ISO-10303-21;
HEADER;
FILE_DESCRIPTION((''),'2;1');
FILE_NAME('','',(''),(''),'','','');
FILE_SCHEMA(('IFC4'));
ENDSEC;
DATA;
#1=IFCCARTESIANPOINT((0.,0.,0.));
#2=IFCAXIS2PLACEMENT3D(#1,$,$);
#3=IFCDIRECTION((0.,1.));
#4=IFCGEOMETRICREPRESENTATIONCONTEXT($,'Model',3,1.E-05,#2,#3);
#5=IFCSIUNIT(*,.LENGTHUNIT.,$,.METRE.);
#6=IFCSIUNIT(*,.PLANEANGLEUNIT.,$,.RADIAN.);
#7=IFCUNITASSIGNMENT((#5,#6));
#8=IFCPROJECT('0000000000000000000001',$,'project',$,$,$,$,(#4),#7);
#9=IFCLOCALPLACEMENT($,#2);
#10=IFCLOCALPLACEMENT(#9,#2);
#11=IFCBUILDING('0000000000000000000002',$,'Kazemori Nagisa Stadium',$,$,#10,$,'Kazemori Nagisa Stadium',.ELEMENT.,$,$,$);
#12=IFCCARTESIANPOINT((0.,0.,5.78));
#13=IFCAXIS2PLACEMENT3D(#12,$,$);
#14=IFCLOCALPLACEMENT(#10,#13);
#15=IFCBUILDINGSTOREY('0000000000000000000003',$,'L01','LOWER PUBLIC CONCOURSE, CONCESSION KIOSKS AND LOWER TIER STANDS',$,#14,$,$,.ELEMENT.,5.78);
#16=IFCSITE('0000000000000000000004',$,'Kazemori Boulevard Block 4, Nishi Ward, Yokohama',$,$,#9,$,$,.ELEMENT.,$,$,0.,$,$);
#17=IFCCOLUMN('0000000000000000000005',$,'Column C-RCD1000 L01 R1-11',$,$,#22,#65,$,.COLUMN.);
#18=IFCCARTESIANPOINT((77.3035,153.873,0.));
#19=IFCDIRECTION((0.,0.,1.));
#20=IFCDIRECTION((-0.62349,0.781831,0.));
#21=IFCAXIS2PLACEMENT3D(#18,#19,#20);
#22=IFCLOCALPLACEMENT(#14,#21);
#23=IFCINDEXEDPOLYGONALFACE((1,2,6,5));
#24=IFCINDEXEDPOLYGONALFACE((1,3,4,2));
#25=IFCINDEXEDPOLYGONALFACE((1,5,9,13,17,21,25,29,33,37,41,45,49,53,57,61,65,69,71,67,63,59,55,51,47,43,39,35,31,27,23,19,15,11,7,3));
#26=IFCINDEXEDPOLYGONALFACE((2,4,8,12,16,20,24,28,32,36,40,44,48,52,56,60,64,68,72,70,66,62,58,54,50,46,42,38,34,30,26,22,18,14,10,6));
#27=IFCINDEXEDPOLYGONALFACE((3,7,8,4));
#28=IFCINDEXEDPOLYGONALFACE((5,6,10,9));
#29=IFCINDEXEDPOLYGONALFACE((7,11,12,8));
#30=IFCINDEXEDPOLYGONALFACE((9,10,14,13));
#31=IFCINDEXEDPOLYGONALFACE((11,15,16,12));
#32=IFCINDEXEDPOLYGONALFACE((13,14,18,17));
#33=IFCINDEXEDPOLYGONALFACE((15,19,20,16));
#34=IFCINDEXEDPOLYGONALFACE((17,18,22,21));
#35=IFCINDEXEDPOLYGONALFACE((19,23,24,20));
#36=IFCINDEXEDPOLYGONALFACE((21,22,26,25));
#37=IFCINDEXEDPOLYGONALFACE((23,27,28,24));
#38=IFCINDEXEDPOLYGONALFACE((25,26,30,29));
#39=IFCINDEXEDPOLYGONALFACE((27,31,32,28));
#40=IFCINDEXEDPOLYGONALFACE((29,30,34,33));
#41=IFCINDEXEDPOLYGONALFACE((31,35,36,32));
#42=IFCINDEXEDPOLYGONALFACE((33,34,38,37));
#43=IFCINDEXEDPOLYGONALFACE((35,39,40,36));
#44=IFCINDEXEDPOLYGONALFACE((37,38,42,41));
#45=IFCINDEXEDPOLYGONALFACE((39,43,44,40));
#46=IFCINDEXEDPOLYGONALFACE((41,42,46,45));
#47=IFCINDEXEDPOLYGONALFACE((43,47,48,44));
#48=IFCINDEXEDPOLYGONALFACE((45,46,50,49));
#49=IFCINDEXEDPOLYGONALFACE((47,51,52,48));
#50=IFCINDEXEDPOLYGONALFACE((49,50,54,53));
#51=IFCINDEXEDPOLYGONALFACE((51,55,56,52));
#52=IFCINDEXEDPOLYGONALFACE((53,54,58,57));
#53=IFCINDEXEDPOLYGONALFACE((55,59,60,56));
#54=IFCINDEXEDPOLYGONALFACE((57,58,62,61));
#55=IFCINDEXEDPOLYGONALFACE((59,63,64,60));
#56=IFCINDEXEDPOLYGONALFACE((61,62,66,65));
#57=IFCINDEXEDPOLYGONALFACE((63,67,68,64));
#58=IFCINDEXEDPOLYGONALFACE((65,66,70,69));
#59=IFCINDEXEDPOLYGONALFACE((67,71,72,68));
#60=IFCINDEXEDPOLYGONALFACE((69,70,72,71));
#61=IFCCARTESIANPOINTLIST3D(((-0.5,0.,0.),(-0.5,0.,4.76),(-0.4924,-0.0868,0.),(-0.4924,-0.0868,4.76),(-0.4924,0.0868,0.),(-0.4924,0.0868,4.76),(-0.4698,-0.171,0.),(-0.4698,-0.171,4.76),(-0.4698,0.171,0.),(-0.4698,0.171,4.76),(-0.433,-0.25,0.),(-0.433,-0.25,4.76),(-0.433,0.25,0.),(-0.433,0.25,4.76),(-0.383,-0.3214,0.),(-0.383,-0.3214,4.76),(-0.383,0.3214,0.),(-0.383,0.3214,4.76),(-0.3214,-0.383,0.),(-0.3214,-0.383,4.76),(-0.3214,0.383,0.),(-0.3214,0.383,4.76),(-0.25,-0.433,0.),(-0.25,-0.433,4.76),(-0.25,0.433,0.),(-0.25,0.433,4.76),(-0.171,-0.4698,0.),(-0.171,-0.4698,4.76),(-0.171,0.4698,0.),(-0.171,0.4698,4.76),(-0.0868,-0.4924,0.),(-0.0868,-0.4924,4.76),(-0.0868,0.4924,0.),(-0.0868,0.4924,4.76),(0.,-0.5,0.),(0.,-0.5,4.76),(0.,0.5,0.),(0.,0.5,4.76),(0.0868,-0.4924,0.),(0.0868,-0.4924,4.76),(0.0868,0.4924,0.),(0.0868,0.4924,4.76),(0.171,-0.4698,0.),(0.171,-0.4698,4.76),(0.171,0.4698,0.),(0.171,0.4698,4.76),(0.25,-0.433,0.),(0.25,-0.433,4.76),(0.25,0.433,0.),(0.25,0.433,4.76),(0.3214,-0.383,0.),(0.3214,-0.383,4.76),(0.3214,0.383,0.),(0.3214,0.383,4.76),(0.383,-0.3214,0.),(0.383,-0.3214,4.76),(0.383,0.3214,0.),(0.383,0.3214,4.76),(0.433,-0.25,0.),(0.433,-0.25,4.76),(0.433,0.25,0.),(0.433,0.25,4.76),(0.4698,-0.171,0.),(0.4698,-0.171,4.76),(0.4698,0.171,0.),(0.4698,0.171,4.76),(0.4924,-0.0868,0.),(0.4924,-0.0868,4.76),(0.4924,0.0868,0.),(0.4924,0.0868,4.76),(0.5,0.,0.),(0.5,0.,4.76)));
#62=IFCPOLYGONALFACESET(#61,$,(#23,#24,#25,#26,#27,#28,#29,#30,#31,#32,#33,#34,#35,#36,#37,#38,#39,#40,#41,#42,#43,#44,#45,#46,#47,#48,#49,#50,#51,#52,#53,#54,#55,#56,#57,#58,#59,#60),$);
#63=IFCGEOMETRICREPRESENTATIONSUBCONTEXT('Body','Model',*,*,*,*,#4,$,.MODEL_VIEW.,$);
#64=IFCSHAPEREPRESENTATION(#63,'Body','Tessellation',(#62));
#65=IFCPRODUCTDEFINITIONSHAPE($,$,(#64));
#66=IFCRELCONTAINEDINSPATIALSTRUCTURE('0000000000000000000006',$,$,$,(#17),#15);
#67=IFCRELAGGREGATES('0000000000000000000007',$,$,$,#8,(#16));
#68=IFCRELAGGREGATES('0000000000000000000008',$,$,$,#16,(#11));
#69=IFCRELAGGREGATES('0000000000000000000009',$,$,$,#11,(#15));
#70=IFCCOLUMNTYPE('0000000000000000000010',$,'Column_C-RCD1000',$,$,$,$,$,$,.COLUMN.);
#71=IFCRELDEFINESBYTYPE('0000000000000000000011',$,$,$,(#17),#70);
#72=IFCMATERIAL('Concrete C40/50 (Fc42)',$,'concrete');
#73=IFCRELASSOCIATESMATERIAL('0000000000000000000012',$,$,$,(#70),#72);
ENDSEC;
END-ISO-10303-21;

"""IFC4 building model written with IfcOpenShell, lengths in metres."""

from ifc_helpers import new_model, si_unit, direction, frame, origin, origin_2d, place, context, subcontext, project, spatial, circle, extrude, material, material_profile, profile_set, type_object, element, save


model = new_model("IFC4")

# Units and contexts
model_context = context("Model", 3, precision=1e-05, world=origin(), true_north=direction((0.0, 1.0)))
body_context = subcontext(model_context, "Body", "Model", "MODEL_VIEW")
ifc_project = project(units=[si_unit("LENGTHUNIT", "METRE"), si_unit("PLANEANGLEUNIT", "RADIAN")], contexts=[model_context])

# Site, building, storey
site_placement = place(None, origin())
site = spatial("IfcSite", under=ifc_project, at=site_placement, Name="Kazemori Boulevard Block 4, Nishi Ward, Yokohama", CompositionType="ELEMENT", RefElevation=0.0)
building_placement = place(site_placement, origin())
building = spatial("IfcBuilding", under=site, at=building_placement, Name="Kazemori Nagisa Stadium", LongName="Kazemori Nagisa Stadium", CompositionType="ELEMENT")
storey_placement = place(building_placement, frame((0.0, 0.0, 5.78)))
storey = spatial("IfcBuildingStorey", under=building, at=storey_placement, Name="L01", Description="LOWER PUBLIC CONCOURSE, CONCESSION KIOSKS AND LOWER TIER STANDS", CompositionType="ELEMENT", Elevation=5.78)

# Column
ifc_material_1 = material(Name="Concrete C40/50 (Fc42)", Category="concrete")
ifc_material_profile_1 = material_profile(ifc_material_1, circle(Radius=0.5, at=origin_2d()), Name="RC-COL-D1000")
ifc_profile_set_1 = profile_set([ifc_material_profile_1], Name="Concrete C40/50 (Fc42)")
column_type_1 = type_object("IfcColumnType", Name="Column_C-RCD1000", PredefinedType="COLUMN", material=ifc_profile_set_1)
column_1_placement = place(storey_placement, frame((77.3035, 153.873, 0.0), z_axis=(0.0, 0.0, 1.0), x_axis=(-0.62349, 0.781831, 0.0)))
element("IfcColumn", 1, at=column_1_placement, inside=storey, type_object=column_type_1, Name="Column C-RCD1000 L01 R1-11", PredefinedType="COLUMN", context=body_context, shape_type="SweptSolid", body=[
    extrude(circle(Radius=0.5, at=origin_2d()), origin(), (0.0, 0.0, 1.0), 4.76),
])

save(model, "model.ifc")
